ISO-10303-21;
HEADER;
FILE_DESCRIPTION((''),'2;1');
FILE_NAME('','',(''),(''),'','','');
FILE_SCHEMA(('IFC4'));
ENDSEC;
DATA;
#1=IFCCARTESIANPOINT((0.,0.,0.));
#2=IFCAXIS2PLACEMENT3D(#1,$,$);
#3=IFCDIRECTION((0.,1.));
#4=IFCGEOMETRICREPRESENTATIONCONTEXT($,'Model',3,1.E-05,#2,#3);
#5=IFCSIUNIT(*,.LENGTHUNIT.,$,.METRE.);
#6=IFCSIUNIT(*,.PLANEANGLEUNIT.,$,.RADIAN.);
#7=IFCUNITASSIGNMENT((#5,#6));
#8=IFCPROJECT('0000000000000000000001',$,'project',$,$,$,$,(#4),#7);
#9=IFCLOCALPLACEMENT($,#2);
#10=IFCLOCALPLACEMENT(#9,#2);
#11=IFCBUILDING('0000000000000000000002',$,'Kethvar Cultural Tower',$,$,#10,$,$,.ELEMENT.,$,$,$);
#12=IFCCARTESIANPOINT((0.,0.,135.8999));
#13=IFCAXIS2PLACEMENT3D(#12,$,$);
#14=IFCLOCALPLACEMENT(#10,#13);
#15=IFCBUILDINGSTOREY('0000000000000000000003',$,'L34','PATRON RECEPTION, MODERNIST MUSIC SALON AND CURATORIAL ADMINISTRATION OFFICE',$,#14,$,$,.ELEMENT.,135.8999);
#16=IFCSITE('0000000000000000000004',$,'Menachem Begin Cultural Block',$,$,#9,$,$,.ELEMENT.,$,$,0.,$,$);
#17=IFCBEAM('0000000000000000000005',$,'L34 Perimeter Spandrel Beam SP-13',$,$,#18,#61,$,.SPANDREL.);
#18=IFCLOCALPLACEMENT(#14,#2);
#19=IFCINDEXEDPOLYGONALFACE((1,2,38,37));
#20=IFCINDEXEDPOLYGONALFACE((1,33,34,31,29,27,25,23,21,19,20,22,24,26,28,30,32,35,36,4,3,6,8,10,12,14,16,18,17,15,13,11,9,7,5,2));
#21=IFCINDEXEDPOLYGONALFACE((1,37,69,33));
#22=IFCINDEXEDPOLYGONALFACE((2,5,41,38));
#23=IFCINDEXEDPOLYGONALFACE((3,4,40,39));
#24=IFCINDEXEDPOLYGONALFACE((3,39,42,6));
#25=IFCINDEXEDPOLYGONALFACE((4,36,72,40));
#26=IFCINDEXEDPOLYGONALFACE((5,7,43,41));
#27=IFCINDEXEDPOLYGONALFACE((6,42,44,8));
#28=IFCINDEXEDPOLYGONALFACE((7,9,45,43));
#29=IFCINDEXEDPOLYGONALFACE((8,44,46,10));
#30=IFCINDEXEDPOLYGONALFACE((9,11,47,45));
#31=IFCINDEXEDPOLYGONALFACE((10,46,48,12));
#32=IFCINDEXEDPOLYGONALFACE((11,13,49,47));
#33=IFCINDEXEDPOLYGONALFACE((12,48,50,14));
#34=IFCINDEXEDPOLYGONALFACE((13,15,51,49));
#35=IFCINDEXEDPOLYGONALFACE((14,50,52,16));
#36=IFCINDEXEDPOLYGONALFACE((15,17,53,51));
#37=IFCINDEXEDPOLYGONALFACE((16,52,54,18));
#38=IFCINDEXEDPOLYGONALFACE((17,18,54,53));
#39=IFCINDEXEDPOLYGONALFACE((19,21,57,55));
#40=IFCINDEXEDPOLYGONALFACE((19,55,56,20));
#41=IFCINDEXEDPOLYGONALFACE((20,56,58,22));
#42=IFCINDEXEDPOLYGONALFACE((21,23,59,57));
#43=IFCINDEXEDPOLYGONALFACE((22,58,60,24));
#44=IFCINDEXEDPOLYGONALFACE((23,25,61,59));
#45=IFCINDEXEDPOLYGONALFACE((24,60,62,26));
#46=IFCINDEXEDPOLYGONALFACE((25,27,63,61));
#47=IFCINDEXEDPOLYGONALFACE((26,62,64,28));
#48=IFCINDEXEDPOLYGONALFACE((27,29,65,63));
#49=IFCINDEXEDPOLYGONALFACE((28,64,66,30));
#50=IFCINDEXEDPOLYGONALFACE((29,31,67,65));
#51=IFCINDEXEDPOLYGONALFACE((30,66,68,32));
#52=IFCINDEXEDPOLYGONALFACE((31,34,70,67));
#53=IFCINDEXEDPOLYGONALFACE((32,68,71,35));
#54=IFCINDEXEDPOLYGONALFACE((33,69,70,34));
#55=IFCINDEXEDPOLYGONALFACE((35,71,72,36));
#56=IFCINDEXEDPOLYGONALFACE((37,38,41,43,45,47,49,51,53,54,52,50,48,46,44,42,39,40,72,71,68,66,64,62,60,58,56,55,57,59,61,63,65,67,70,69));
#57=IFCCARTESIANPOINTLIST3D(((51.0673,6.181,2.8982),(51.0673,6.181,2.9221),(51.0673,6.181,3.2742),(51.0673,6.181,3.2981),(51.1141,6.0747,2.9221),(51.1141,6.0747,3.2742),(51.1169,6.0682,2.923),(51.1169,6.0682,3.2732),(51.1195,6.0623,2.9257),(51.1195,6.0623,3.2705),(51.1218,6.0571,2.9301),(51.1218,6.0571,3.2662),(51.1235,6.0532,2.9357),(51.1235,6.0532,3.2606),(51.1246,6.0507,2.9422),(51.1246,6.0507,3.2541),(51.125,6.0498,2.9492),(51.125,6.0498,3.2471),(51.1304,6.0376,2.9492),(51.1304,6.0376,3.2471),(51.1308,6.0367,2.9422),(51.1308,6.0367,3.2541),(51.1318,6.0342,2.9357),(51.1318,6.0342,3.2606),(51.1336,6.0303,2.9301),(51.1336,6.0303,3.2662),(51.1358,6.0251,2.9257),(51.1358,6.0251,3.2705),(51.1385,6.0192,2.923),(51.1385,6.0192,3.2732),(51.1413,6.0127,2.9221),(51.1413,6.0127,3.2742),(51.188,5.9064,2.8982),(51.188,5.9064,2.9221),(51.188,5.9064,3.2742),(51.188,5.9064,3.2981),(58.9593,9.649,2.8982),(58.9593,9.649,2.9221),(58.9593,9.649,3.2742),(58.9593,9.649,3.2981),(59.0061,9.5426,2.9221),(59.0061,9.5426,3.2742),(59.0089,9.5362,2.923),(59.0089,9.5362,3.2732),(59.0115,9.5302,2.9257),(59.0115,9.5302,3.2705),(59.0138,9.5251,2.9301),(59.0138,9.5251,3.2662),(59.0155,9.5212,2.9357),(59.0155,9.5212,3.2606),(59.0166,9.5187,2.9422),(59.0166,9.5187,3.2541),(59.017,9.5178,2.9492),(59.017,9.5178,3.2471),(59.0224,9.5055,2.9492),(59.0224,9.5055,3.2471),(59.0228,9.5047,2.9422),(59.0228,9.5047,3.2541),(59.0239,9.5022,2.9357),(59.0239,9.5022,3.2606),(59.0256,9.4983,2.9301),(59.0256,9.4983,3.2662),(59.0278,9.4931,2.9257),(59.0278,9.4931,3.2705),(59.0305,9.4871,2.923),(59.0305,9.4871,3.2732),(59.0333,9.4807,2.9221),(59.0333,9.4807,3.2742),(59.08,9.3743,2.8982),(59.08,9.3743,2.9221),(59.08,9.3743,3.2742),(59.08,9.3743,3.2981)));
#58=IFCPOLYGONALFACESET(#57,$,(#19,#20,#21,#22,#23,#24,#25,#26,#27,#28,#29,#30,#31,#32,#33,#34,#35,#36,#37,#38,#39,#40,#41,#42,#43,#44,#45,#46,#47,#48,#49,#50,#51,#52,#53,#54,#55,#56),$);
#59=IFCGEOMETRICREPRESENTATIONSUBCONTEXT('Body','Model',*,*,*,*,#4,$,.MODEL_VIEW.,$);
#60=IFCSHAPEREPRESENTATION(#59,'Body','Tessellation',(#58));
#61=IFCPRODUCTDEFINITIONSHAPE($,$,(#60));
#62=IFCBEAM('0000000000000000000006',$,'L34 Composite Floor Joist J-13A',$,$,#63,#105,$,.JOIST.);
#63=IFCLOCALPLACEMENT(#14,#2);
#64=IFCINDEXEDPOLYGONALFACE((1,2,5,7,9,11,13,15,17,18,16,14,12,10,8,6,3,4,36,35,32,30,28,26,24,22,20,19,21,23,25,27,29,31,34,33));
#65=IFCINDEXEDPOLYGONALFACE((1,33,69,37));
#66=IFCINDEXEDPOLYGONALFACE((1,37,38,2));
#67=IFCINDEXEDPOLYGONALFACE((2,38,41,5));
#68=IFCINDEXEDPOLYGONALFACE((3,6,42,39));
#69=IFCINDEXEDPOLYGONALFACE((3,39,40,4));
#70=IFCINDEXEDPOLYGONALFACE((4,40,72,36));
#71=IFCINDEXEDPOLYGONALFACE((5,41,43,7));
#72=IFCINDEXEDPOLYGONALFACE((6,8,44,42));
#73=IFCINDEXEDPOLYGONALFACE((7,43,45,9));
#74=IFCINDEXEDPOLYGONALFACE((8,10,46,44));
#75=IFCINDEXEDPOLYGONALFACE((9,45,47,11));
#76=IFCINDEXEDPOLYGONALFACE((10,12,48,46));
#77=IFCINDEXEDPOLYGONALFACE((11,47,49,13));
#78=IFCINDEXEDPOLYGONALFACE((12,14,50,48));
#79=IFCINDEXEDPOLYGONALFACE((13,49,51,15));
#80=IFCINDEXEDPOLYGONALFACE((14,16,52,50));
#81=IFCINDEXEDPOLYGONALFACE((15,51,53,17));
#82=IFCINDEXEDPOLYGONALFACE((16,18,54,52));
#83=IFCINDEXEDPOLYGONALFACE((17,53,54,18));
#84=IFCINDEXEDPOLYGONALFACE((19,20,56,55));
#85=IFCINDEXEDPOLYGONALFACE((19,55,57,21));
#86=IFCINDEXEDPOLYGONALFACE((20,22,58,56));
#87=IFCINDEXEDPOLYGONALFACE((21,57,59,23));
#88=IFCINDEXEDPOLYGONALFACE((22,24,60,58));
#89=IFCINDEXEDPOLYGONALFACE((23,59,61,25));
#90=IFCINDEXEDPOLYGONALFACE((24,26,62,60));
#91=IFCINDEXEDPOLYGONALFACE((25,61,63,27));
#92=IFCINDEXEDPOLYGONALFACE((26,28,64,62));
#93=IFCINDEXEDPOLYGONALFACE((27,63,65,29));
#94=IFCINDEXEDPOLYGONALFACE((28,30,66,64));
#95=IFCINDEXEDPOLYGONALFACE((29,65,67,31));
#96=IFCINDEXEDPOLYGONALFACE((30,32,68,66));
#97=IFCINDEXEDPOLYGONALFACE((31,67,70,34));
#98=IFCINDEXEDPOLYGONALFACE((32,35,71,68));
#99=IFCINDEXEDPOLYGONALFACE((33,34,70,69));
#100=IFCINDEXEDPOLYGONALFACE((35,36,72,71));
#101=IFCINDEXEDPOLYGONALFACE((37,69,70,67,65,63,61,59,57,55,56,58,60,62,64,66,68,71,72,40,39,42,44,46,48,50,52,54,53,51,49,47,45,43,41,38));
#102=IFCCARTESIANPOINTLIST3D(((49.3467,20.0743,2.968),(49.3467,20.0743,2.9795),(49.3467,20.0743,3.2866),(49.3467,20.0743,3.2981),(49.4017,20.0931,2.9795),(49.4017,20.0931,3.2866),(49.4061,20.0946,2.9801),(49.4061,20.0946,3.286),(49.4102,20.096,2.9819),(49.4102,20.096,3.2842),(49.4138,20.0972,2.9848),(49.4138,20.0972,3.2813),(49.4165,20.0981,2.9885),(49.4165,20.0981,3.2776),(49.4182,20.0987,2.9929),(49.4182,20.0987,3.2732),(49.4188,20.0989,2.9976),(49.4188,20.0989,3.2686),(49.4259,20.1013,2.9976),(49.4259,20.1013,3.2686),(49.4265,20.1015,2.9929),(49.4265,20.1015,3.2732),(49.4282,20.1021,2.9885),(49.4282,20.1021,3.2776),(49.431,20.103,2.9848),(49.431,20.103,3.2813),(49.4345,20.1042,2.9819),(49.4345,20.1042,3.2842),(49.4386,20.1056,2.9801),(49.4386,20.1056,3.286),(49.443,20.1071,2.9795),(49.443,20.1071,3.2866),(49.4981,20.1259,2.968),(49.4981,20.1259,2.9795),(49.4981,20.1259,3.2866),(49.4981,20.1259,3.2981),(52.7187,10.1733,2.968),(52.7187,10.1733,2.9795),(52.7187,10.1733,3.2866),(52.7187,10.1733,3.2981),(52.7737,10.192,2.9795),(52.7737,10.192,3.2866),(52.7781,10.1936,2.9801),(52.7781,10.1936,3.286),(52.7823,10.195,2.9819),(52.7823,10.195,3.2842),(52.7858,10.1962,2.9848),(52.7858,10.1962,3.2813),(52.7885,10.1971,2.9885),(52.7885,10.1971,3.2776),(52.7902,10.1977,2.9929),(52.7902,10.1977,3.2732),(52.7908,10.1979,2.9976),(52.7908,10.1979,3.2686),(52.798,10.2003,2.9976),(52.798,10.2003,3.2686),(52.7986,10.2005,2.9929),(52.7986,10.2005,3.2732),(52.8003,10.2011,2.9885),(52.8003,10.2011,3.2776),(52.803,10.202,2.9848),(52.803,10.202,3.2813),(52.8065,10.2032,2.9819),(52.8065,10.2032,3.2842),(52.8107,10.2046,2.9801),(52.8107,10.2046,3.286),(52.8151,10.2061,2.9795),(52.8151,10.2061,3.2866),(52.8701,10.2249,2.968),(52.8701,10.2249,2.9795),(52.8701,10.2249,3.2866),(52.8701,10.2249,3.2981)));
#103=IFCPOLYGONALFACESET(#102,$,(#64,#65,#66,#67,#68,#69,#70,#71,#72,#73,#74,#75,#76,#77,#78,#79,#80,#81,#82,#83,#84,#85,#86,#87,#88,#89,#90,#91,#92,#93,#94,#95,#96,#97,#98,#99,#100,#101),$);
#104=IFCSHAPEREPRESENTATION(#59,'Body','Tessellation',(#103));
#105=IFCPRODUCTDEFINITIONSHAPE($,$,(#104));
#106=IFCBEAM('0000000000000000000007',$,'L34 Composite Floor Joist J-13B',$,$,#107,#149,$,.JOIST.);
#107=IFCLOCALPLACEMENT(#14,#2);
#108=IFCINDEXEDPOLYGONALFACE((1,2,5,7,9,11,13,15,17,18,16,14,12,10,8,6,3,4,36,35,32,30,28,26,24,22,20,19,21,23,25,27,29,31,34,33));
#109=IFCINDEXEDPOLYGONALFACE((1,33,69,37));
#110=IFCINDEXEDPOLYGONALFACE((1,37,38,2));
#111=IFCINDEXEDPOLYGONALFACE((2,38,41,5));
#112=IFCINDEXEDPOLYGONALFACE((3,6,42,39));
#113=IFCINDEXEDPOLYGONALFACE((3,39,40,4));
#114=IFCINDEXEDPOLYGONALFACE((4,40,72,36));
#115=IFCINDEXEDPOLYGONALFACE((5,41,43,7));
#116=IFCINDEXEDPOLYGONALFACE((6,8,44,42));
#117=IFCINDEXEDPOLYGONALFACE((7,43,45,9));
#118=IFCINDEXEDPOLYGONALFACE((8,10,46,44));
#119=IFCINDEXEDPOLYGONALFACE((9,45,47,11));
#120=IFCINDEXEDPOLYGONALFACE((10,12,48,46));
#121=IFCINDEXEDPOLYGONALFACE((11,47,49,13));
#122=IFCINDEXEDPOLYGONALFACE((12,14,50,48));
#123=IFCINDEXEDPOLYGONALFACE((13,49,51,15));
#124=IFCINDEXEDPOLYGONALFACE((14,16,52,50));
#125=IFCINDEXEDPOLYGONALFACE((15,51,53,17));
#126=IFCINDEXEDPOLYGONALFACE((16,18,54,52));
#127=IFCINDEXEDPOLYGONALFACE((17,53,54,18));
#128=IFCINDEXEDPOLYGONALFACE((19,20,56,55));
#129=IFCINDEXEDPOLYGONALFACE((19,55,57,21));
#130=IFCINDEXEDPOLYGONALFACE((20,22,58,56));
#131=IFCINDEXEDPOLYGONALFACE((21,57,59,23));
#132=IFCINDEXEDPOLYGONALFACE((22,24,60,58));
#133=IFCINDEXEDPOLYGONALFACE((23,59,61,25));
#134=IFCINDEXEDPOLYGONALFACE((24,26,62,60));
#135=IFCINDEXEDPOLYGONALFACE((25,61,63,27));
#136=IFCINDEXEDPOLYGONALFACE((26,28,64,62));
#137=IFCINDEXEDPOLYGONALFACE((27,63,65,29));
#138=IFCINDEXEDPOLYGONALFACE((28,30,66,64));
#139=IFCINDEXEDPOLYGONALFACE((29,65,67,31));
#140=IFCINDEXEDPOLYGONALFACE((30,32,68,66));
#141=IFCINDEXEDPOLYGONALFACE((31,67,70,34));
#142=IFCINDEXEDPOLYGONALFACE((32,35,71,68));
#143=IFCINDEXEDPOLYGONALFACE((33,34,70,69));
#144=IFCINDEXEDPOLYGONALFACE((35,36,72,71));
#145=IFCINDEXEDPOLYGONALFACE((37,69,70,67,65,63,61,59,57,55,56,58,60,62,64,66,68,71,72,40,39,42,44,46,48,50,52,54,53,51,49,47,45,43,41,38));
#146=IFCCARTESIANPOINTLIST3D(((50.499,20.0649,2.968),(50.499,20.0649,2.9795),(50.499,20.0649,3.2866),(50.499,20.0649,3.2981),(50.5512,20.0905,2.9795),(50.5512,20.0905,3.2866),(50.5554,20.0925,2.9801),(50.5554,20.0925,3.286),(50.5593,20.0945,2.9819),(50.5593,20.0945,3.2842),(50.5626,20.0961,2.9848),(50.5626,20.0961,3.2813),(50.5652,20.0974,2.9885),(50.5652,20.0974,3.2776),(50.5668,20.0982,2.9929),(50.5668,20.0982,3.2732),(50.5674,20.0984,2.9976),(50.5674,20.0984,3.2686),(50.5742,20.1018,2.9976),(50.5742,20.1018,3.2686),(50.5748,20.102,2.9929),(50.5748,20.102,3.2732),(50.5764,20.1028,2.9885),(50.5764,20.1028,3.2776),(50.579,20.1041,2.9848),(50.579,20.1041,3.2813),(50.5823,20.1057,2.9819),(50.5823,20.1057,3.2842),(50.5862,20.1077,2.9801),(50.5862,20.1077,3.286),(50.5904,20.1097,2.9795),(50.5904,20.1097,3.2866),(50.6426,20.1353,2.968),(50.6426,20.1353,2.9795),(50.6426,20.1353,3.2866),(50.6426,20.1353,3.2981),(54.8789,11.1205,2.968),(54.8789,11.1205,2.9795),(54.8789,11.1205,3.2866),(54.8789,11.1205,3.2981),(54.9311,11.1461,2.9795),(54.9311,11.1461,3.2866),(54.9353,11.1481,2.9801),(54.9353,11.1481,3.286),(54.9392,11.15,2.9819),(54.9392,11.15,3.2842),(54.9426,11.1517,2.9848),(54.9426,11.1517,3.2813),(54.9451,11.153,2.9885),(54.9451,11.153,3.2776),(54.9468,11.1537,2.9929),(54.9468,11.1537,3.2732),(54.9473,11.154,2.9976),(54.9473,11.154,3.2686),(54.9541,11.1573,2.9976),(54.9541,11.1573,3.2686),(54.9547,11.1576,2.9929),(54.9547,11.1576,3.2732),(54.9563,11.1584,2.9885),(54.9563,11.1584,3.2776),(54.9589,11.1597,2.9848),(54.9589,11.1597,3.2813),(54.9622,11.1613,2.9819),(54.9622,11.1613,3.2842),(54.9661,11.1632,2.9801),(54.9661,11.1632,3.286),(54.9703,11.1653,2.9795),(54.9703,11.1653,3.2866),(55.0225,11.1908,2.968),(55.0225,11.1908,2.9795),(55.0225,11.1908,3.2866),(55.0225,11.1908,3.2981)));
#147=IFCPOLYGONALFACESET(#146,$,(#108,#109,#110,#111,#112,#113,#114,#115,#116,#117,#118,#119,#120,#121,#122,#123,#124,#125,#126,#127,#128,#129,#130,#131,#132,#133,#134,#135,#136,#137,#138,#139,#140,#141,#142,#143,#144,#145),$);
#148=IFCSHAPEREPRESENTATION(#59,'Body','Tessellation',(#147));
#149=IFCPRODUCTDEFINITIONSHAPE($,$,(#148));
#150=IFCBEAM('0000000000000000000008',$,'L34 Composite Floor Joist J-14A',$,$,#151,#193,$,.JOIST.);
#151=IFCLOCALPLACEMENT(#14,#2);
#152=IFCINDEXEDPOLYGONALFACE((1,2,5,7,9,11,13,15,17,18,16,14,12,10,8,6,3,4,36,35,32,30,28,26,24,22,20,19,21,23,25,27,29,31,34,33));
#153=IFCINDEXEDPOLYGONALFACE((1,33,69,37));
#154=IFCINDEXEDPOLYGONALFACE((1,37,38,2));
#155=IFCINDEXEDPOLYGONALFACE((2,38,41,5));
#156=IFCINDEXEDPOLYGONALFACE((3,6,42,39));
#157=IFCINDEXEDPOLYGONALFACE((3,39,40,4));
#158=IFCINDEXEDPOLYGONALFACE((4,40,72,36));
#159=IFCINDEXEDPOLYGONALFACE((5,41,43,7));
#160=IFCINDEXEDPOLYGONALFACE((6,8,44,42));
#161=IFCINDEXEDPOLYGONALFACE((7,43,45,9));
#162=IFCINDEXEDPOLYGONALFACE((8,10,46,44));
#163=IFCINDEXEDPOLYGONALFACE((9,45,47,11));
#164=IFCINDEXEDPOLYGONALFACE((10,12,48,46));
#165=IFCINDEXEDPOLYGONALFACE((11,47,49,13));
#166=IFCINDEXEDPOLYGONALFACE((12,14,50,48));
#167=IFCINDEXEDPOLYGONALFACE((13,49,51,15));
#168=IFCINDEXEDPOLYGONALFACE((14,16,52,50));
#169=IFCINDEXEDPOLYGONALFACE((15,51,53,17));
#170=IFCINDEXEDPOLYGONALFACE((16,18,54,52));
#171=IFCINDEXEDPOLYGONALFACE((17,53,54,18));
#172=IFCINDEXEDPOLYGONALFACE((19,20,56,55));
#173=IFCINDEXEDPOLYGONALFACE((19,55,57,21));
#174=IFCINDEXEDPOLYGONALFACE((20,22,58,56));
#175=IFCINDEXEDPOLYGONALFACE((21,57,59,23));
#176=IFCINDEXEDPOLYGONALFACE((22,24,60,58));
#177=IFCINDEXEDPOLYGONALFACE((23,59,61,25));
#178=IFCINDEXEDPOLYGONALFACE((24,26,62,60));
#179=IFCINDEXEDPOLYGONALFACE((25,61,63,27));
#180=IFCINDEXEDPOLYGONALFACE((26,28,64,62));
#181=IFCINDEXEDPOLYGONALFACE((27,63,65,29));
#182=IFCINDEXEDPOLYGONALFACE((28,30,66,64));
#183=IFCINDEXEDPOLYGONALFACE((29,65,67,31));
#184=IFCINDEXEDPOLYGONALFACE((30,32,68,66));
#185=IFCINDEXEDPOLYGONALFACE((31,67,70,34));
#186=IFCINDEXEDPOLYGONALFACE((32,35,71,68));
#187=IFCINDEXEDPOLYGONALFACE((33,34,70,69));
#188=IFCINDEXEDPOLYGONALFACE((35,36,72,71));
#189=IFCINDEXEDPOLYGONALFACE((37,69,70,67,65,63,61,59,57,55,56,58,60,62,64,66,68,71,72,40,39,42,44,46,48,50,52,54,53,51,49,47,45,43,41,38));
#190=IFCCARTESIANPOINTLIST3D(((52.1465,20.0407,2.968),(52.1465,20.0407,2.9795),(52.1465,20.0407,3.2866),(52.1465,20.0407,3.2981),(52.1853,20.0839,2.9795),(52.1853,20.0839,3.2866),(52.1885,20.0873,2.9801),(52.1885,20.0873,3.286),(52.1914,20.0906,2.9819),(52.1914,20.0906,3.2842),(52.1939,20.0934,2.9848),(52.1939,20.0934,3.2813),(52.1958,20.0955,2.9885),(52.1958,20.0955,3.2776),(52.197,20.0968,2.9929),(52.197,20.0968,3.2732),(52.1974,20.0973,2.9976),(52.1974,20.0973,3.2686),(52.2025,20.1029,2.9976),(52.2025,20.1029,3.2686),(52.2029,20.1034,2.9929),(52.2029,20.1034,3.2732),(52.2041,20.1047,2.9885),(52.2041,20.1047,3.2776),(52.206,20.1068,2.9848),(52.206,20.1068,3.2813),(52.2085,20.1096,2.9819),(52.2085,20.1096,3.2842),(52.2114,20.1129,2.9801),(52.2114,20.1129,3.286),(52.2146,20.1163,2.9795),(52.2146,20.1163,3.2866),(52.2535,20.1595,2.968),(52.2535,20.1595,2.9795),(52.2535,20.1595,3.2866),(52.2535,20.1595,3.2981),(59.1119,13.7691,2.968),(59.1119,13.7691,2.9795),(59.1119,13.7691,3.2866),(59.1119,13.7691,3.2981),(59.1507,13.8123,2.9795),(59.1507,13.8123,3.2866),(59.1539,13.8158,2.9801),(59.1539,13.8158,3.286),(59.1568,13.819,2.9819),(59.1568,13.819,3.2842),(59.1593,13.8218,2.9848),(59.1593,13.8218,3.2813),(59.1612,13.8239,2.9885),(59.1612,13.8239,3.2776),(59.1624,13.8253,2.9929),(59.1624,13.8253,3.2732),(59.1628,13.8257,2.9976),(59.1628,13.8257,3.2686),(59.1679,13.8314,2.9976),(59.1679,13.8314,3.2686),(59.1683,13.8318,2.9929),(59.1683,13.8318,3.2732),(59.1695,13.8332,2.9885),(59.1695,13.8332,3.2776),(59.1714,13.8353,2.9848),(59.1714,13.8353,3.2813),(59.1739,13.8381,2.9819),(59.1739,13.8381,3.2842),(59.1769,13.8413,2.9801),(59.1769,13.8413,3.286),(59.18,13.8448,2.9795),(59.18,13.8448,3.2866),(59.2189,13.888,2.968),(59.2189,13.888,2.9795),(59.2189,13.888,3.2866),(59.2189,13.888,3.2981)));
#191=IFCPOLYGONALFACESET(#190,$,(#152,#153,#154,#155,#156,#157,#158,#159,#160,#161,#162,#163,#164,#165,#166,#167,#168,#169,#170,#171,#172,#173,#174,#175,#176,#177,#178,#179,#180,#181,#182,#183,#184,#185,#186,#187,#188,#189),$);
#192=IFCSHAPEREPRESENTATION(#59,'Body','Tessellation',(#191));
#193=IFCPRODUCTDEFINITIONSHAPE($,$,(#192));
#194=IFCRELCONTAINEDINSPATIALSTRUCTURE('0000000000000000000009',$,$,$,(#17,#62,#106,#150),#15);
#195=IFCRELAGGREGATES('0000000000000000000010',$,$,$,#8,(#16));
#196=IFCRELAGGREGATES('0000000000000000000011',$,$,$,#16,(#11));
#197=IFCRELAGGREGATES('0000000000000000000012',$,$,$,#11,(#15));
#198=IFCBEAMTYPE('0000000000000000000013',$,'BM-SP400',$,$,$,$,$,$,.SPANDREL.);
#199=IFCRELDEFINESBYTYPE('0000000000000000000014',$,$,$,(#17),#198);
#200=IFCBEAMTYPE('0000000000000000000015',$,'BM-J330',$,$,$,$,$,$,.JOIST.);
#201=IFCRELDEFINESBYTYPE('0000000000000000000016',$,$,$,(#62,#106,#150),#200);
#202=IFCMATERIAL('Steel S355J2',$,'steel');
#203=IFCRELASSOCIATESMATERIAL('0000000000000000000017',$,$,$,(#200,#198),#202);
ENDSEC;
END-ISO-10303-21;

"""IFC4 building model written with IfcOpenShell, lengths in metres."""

from ifc_helpers import new_model, si_unit, direction, frame, origin, origin_2d, place, context, subcontext, project, spatial, i_section, extrude, source, transform, mapped, material, material_profile, profile_set, type_object, element, save


model = new_model("IFC4")

# Units and contexts
model_context = context("Model", 3, precision=1e-05, world=origin(), true_north=direction((0.0, 1.0)))
body_context = subcontext(model_context, "Body", "Model", "MODEL_VIEW")
ifc_project = project(units=[si_unit("LENGTHUNIT", "METRE"), si_unit("PLANEANGLEUNIT", "RADIAN")], contexts=[model_context])

# Site, building, storey
site_placement = place(None, origin())
site = spatial("IfcSite", under=ifc_project, at=site_placement, Name="Menachem Begin Cultural Block", CompositionType="ELEMENT", RefElevation=0.0)
building_placement = place(site_placement, origin())
building = spatial("IfcBuilding", under=site, at=building_placement, Name="Kethvar Cultural Tower", CompositionType="ELEMENT")
storey_placement = place(building_placement, frame((0.0, 0.0, 135.8999)))
storey = spatial("IfcBuildingStorey", under=building, at=storey_placement, Name="L34", Description="PATRON RECEPTION, MODERNIST MUSIC SALON AND CURATORIAL ADMINISTRATION OFFICE", CompositionType="ELEMENT", Elevation=135.8999)

# Beams
ifc_material_1 = material(Name="Steel S355J2", Category="steel")
ifc_material_profile_1 = material_profile(ifc_material_1, i_section(OverallWidth=0.1599, OverallDepth=0.3301, WebThickness=0.0076, FlangeThickness=0.0115, FilletRadius=0.0181, at=origin_2d()), Name="Steel S355J2 — IPE330")
ifc_profile_set_1 = profile_set([ifc_material_profile_1], Name="Steel S355J2 — IPE330")
beam_type_1 = type_object("IfcBeamType", Name="BM-J330", PredefinedType="JOIST", material=ifc_profile_set_1)
ifc_material_profile_2 = material_profile(ifc_material_1, i_section(OverallWidth=0.3, OverallDepth=0.3999, WebThickness=0.0134, FlangeThickness=0.0239, FilletRadius=0.0271, at=origin_2d()), Name="Steel S355J2 — HEB400")
ifc_profile_set_2 = profile_set([ifc_material_profile_2], Name="Steel S355J2 — HEB400")
beam_type_2 = type_object("IfcBeamType", Name="BM-SP400", PredefinedType="SPANDREL", material=ifc_profile_set_2)
shared_shape_1 = source(origin(), body_context, "Body", "SweptSolid", [
    extrude(i_section(OverallWidth=0.3, OverallDepth=0.3999, WebThickness=0.0134, FlangeThickness=0.0239, FilletRadius=0.0271, at=origin_2d()), origin(), (0.0, 0.0, 1.0), 8.6204),
])
beam_1_placement = place(storey_placement, frame((51.1277, 6.0437, 3.0981), z_axis=(0.915507, 0.402301, 0.0), x_axis=(-0.402301, 0.915507, 0.0)))
element("IfcBeam", 1, at=beam_1_placement, inside=storey, type_object=beam_type_2, Name="L34 Perimeter Spandrel Beam SP-13", PredefinedType="SPANDREL", context=body_context, shape_type="MappedRepresentation", body=[
    mapped(shared_shape_1, transform((0.0, 0.0, 0.0), scale=1.0)),
])
shared_shape_2 = source(origin(), body_context, "Body", "SweptSolid", [
    extrude(i_section(OverallWidth=0.1599, OverallDepth=0.3301, WebThickness=0.0076, FlangeThickness=0.0115, FilletRadius=0.0181, at=origin_2d()), origin(), (0.0, 0.0, 1.0), 10.4595),
])
beam_2_placement = place(storey_placement, frame((49.4224, 20.1001, 3.1331), z_axis=(0.32239, -0.946607, 0.0), x_axis=(0.946607, 0.32239, 0.0)))
element("IfcBeam", 2, at=beam_2_placement, inside=storey, type_object=beam_type_1, Name="L34 Composite Floor Joist J-13A", PredefinedType="JOIST", context=body_context, shape_type="MappedRepresentation", body=[
    mapped(shared_shape_2, transform((0.0, 0.0, 0.0), scale=1.0)),
])
shared_shape_3 = source(origin(), body_context, "Body", "SweptSolid", [
    extrude(i_section(OverallWidth=0.1599, OverallDepth=0.3301, WebThickness=0.0076, FlangeThickness=0.0115, FilletRadius=0.0181, at=origin_2d()), origin(), (0.0, 0.0, 1.0), 9.9592),
])
beam_3_placement = place(storey_placement, frame((50.5708, 20.1001, 3.1331), z_axis=(0.439785, -0.898103, 0.0), x_axis=(0.898103, 0.439785, 0.0)))
element("IfcBeam", 3, at=beam_3_placement, inside=storey, type_object=beam_type_1, Name="L34 Composite Floor Joist J-13B", PredefinedType="JOIST", context=body_context, shape_type="MappedRepresentation", body=[
    mapped(shared_shape_3, transform((0.0, 0.0, 0.0), scale=1.0)),
])
shared_shape_4 = source(origin(), body_context, "Body", "SweptSolid", [
    extrude(i_section(OverallWidth=0.1599, OverallDepth=0.3301, WebThickness=0.0076, FlangeThickness=0.0115, FilletRadius=0.0181, at=origin_2d()), origin(), (0.0, 0.0, 1.0), 9.3728),
])
beam_4_placement = place(storey_placement, frame((52.2, 20.1001, 3.1331), z_axis=(0.743152, -0.669123, 0.0), x_axis=(0.669123, 0.743152, 0.0)))
element("IfcBeam", 4, at=beam_4_placement, inside=storey, type_object=beam_type_1, Name="L34 Composite Floor Joist J-14A", PredefinedType="JOIST", context=body_context, shape_type="MappedRepresentation", body=[
    mapped(shared_shape_4, transform((0.0, 0.0, 0.0), scale=1.0)),
])

save(model, "model.ifc")
